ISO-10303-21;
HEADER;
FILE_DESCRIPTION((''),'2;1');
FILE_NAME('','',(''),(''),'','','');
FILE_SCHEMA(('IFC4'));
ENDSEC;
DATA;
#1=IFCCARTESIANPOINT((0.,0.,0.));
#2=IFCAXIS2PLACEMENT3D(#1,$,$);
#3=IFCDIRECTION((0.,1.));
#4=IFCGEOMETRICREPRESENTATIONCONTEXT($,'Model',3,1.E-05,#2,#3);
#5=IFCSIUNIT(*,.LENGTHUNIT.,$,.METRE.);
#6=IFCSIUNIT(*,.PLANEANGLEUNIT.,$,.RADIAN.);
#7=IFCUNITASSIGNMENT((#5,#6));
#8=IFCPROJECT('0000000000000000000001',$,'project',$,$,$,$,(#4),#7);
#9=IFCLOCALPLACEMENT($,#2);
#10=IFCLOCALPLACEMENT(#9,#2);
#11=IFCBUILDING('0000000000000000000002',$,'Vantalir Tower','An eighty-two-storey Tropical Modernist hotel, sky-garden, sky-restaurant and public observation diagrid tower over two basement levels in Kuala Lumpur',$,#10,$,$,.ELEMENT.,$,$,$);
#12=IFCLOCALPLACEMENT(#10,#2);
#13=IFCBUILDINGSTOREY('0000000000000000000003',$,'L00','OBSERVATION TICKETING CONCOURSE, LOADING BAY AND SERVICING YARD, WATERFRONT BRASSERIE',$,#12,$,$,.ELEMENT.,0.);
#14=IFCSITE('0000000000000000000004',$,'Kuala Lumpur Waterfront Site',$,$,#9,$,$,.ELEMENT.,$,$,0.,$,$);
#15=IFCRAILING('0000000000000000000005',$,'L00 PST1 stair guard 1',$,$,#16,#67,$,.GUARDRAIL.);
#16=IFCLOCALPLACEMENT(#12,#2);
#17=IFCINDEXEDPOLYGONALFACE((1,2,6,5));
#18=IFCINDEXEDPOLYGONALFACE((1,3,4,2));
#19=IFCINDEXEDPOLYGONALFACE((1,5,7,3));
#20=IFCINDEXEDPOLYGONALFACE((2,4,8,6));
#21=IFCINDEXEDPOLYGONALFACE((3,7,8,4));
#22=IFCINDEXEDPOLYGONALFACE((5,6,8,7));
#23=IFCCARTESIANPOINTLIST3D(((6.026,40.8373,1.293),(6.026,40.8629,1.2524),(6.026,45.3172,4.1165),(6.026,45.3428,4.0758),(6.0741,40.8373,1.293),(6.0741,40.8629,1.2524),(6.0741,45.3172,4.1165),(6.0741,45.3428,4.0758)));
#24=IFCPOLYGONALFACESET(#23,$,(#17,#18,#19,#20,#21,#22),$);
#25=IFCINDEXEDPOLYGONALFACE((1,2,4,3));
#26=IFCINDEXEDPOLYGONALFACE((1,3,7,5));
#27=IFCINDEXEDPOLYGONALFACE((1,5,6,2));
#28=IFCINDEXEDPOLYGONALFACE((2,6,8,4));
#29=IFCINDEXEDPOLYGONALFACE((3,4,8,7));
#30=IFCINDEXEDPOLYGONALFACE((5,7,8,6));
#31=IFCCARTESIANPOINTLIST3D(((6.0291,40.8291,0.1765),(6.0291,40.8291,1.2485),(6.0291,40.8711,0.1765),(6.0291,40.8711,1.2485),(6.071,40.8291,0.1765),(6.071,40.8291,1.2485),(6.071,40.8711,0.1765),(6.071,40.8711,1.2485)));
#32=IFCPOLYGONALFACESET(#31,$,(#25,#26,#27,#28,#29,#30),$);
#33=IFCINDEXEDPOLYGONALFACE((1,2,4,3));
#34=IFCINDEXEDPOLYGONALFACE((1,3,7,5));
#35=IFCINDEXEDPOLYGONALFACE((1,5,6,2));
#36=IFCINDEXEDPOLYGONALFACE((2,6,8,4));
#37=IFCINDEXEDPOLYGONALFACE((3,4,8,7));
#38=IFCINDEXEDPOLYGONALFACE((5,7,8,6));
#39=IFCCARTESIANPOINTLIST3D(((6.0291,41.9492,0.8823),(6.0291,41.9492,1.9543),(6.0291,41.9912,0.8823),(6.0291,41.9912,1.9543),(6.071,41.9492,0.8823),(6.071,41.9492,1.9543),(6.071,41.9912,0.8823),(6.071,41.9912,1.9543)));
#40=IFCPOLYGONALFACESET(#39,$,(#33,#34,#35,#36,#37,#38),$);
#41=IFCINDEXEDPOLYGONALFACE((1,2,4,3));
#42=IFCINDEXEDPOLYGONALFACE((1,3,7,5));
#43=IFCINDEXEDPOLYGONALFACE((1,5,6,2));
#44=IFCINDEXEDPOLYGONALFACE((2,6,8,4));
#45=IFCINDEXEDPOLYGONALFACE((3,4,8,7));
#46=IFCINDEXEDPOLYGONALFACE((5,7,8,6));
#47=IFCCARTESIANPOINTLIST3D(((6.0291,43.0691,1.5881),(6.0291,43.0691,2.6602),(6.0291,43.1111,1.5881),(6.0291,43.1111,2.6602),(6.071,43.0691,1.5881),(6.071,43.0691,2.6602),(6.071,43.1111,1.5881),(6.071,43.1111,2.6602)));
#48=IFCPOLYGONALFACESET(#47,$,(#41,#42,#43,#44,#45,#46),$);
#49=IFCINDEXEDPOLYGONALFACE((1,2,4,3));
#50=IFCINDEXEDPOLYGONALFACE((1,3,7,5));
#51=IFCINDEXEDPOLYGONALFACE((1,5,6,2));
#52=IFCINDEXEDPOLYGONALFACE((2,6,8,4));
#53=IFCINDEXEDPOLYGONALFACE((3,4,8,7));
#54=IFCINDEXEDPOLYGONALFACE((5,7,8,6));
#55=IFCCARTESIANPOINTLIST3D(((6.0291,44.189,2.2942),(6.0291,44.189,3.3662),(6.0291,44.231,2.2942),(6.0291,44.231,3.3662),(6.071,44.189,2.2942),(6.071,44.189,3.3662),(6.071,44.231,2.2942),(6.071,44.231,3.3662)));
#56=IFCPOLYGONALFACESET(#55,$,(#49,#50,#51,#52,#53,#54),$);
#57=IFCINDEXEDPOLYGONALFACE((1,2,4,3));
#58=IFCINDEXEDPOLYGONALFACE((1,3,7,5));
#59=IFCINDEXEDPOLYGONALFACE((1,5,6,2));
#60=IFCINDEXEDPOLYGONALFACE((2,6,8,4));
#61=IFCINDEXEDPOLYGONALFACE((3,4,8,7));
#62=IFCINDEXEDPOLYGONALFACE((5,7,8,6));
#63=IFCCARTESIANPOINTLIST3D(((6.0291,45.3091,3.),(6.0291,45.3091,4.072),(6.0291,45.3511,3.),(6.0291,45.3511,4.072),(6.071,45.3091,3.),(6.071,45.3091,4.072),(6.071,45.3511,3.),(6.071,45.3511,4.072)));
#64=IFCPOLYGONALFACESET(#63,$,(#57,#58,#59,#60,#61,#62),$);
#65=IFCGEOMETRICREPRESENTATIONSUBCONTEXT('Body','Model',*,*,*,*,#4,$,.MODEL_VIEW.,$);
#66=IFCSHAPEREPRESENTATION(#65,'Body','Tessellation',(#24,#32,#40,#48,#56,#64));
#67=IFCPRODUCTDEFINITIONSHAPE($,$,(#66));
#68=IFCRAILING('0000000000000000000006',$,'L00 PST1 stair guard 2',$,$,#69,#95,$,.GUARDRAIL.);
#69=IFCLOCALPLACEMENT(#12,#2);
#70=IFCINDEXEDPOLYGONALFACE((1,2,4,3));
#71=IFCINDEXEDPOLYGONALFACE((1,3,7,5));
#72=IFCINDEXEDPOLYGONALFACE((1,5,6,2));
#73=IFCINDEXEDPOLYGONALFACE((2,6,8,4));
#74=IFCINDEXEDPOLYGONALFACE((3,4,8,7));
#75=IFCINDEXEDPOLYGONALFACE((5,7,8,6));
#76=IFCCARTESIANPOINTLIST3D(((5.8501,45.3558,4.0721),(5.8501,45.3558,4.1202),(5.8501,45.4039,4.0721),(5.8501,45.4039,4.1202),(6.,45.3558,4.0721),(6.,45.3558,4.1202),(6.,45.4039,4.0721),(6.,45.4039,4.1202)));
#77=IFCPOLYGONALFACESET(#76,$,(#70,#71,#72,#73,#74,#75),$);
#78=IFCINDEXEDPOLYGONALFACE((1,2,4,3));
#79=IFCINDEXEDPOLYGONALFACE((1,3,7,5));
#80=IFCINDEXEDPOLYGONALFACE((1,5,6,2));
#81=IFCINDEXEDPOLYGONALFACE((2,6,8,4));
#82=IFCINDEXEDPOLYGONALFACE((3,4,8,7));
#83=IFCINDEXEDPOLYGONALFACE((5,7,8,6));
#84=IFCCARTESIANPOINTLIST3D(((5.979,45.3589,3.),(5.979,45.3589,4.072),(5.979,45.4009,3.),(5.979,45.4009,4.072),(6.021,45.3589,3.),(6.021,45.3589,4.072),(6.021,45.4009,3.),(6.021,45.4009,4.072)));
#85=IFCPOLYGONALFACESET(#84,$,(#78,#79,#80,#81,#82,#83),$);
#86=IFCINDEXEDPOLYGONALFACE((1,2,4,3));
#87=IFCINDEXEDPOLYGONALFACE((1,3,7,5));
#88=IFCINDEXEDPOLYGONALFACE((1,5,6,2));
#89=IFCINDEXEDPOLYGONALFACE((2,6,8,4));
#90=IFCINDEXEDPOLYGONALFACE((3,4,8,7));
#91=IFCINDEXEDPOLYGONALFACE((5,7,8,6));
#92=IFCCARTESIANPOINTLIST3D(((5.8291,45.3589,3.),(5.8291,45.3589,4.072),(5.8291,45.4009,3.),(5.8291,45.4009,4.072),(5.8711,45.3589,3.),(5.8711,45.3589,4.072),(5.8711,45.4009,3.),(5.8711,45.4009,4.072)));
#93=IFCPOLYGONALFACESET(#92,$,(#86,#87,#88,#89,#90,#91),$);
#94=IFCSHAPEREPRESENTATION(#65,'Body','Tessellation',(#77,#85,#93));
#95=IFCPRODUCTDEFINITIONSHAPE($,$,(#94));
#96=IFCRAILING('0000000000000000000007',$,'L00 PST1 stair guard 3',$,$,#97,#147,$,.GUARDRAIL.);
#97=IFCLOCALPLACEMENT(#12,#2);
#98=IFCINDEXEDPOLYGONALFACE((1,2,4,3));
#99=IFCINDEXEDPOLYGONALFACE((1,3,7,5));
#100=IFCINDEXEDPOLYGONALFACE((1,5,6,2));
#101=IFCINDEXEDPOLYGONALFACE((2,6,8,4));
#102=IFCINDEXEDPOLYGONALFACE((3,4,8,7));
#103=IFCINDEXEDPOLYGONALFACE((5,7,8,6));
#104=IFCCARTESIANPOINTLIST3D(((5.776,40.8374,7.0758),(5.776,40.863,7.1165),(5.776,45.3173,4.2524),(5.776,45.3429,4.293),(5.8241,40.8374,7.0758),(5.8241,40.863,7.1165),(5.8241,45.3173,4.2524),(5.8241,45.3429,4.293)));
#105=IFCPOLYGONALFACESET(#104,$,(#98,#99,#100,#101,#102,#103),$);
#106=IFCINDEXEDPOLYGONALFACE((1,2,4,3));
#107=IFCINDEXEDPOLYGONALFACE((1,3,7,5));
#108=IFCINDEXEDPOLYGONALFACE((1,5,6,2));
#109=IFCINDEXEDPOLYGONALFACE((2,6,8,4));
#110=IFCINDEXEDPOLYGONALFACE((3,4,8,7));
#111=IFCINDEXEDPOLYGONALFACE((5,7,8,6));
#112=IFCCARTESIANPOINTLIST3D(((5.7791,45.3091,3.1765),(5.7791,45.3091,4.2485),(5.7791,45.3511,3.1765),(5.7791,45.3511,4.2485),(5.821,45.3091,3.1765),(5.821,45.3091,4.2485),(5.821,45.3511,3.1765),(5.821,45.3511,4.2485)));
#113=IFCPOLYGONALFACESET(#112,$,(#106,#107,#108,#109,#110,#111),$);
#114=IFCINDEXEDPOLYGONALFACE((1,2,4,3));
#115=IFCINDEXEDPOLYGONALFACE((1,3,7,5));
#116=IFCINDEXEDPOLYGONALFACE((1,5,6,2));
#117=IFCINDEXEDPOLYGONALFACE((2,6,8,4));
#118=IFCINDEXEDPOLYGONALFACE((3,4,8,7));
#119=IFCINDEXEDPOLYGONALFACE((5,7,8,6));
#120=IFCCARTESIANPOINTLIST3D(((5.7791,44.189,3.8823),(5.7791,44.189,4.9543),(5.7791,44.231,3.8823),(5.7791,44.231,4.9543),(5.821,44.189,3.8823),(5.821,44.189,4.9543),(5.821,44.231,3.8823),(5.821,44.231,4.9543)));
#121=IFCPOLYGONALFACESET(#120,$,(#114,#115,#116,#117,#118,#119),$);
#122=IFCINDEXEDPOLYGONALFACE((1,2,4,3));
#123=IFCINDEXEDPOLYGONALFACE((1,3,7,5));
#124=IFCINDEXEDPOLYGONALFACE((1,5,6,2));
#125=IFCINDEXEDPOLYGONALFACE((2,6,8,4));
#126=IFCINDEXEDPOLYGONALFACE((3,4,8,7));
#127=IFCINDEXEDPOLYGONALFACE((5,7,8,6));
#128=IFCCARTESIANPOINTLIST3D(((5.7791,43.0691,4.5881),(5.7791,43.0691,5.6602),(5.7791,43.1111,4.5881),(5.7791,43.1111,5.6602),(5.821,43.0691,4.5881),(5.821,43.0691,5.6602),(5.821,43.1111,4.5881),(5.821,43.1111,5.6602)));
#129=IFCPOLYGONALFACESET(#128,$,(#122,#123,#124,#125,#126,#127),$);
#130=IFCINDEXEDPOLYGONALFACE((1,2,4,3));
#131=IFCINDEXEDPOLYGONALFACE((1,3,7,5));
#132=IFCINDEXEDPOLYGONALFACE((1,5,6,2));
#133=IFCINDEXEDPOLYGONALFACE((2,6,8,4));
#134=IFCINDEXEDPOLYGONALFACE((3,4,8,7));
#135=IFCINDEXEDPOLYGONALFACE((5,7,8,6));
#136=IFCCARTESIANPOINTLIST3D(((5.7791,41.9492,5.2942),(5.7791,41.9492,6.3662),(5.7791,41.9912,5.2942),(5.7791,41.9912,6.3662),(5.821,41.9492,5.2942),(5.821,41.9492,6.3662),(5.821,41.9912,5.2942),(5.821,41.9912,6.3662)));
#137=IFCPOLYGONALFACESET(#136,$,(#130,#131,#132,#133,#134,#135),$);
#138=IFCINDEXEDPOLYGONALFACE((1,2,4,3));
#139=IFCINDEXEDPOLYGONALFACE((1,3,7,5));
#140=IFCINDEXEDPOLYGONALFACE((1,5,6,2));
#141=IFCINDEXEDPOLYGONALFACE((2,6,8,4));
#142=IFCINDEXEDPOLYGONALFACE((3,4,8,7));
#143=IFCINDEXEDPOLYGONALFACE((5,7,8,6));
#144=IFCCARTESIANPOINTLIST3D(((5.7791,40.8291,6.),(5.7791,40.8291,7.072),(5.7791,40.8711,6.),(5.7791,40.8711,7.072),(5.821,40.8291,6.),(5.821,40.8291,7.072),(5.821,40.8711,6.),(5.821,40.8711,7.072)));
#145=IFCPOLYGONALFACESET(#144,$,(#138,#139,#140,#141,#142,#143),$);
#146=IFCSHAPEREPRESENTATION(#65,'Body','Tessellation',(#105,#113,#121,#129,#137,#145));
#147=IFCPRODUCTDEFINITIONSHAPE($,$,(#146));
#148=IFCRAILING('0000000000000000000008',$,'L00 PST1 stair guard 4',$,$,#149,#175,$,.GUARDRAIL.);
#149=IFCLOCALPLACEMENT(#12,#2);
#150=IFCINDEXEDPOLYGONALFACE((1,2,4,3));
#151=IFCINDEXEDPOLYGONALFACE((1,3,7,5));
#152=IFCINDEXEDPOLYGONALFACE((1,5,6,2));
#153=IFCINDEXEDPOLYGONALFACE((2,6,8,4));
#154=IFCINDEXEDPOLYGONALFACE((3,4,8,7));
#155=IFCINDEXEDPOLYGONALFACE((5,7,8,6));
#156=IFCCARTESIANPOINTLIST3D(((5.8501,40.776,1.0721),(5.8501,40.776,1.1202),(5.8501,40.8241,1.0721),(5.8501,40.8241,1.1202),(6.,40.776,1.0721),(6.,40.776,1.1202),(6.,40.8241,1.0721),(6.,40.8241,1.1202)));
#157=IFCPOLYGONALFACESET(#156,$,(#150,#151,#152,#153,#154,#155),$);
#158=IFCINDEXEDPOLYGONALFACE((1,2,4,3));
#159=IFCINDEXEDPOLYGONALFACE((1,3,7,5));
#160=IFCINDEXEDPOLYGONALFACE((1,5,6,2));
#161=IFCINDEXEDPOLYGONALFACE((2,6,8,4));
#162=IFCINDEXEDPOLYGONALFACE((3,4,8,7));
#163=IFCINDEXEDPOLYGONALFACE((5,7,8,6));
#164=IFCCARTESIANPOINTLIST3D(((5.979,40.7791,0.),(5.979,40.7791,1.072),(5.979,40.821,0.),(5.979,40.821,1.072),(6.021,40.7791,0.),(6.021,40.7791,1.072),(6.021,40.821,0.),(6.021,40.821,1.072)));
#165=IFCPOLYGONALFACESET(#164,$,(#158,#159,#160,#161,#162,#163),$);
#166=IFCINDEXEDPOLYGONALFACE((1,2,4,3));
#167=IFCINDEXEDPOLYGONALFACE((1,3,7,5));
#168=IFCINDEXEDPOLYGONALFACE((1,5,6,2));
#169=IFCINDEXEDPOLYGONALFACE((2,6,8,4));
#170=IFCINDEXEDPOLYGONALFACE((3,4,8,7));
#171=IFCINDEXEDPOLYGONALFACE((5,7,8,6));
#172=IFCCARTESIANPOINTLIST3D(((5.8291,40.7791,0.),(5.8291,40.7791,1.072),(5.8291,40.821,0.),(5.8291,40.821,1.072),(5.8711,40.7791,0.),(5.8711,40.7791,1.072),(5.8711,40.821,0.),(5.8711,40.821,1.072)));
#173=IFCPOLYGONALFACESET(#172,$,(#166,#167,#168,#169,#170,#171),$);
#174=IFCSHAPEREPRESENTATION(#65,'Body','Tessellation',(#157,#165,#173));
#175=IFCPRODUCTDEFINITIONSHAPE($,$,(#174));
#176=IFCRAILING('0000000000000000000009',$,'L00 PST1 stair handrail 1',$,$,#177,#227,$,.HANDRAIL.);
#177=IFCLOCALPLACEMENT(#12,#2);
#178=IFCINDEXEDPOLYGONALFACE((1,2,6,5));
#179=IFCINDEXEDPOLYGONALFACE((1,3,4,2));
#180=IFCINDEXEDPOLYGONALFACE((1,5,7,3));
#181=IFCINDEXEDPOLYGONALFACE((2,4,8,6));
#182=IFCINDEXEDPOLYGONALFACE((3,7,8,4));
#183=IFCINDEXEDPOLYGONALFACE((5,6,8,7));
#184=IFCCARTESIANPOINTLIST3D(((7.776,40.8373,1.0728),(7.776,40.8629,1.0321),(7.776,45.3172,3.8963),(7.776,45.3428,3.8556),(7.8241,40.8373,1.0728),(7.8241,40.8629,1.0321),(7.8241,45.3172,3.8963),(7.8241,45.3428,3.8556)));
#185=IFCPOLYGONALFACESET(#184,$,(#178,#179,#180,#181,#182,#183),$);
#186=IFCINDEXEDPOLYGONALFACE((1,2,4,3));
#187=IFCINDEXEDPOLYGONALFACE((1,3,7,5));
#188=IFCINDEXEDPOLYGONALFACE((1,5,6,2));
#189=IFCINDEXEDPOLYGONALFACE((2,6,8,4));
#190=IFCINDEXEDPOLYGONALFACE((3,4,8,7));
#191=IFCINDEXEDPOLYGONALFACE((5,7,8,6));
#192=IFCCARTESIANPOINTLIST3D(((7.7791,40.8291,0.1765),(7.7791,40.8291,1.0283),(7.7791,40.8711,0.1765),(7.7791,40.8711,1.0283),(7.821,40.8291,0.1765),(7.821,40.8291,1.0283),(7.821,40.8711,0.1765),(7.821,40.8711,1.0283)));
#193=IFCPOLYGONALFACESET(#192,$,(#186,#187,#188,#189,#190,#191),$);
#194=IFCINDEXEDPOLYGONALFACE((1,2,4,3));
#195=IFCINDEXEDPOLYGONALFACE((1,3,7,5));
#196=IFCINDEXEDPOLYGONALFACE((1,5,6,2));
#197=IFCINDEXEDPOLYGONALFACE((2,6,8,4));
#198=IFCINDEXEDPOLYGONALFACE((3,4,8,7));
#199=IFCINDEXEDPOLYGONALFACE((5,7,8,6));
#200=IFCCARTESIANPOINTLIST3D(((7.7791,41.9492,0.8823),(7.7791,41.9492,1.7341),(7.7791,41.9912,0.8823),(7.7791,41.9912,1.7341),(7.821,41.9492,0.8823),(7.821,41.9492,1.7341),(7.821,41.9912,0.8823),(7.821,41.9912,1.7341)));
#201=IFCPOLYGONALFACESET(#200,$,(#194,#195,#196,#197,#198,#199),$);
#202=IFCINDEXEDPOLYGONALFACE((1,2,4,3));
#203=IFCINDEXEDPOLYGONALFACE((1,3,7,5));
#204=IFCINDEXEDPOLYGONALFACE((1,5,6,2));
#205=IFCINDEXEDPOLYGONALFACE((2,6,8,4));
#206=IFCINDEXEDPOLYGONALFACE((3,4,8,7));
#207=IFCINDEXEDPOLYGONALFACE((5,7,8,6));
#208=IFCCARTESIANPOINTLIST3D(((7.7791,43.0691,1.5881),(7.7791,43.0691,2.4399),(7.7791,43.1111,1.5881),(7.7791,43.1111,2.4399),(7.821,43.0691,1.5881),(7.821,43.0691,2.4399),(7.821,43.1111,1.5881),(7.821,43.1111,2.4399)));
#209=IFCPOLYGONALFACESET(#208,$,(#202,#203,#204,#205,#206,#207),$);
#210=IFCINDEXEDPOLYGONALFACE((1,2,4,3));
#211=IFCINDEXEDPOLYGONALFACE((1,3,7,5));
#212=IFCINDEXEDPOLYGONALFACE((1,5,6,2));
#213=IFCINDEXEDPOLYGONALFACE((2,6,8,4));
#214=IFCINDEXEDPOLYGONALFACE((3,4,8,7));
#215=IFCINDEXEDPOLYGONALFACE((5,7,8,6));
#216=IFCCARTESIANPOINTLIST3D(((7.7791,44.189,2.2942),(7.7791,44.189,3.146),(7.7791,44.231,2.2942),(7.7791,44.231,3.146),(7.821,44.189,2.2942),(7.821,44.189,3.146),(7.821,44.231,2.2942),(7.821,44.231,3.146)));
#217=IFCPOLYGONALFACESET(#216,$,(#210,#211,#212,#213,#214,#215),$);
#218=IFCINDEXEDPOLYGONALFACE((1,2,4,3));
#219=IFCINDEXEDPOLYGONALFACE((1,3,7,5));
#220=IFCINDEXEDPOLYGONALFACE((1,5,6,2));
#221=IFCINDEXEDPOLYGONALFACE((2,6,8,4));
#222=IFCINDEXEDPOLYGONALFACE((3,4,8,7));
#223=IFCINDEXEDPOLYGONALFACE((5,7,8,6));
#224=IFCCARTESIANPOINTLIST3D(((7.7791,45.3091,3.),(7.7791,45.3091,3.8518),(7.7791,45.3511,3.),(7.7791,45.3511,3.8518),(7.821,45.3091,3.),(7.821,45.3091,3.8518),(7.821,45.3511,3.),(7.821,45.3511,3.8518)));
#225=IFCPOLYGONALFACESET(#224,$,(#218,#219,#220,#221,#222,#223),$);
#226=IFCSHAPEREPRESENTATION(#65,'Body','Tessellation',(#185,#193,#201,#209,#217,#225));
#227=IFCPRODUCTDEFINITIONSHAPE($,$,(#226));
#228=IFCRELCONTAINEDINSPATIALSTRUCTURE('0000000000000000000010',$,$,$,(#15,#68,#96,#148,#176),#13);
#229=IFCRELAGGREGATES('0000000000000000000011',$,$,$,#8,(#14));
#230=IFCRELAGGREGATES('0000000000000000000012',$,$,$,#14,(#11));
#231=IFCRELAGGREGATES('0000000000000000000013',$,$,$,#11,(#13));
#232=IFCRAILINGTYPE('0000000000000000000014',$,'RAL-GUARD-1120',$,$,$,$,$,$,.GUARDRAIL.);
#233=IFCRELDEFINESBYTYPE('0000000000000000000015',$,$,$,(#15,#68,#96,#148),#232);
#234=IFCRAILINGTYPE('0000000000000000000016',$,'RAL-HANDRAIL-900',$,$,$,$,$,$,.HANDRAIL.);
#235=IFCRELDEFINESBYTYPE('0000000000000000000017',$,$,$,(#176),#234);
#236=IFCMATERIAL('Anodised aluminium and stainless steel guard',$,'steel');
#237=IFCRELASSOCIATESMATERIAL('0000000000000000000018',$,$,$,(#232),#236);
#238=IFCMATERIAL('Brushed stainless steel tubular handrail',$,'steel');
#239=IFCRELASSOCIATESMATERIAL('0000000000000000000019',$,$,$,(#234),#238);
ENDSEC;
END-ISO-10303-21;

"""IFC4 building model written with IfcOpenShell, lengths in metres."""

from ifc_helpers import new_model, si_unit, direction, frame, origin, origin_2d, place, context, subcontext, project, spatial, rectangle, extrude, material, type_object, element, save


model = new_model("IFC4")

# Units and contexts
model_context = context("Model", 3, precision=1e-05, world=origin(), true_north=direction((0.0, 1.0)))
body_context = subcontext(model_context, "Body", "Model", "MODEL_VIEW")
ifc_project = project(units=[si_unit("LENGTHUNIT", "METRE"), si_unit("PLANEANGLEUNIT", "RADIAN")], contexts=[model_context])

# Site, building, storey
site_placement = place(None, origin())
site = spatial("IfcSite", under=ifc_project, at=site_placement, Name="Kuala Lumpur Waterfront Site", CompositionType="ELEMENT", RefElevation=0.0)
building_placement = place(site_placement, origin())
building = spatial("IfcBuilding", under=site, at=building_placement, Name="Vantalir Tower", Description="An eighty-two-storey Tropical Modernist hotel, sky-garden, sky-restaurant and public observation diagrid tower over two basement levels in Kuala Lumpur", CompositionType="ELEMENT")
storey_placement = place(building_placement, origin())
storey = spatial("IfcBuildingStorey", under=building, at=storey_placement, Name="L00", Description="OBSERVATION TICKETING CONCOURSE, LOADING BAY AND SERVICING YARD, WATERFRONT BRASSERIE", CompositionType="ELEMENT", Elevation=0.0)

# Railings
ifc_material_1 = material(Name="Anodised aluminium and stainless steel guard", Category="steel")
railing_type_1 = type_object("IfcRailingType", Name="RAL-GUARD-1120", PredefinedType="GUARDRAIL", material=ifc_material_1)
railing_1_placement = place(storey_placement, frame((6.05, 40.8501, 0.1765)))
element("IfcRailing", 1, at=railing_1_placement, inside=storey, type_object=railing_type_1, Name="L00 PST1 stair guard 1", PredefinedType="GUARDRAIL", context=body_context, shape_type="SweptSolid", body=[
    extrude(rectangle(XDim=0.0481, YDim=0.0481, at=origin_2d()), frame((0.0, 0.0, 1.0962), z_axis=(0.0, 0.845998, 0.533186), x_axis=(-1.0, 0.0, 0.0)), (0.0, 0.0, 1.0), 5.2954),
    extrude(rectangle(XDim=0.042, YDim=0.042, at=origin_2d()), origin(), (0.0, 0.0, 1.0), 1.072),
    extrude(rectangle(XDim=0.042, YDim=0.042, at=origin_2d()), frame((0.0, 1.1201, 0.7058)), (0.0, 0.0, 1.0), 1.072),
    extrude(rectangle(XDim=0.042, YDim=0.042, at=origin_2d()), frame((0.0, 2.24, 1.4116)), (0.0, 0.0, 1.0), 1.072),
    extrude(rectangle(XDim=0.042, YDim=0.042, at=origin_2d()), frame((0.0, 3.3599, 2.1177)), (0.0, 0.0, 1.0), 1.072),
    extrude(rectangle(XDim=0.042, YDim=0.042, at=origin_2d()), frame((0.0, 4.48, 2.8235)), (0.0, 0.0, 1.0), 1.072),
])
railing_2_placement = place(storey_placement, frame((6.0, 45.3799, 3.0)))
element("IfcRailing", 2, at=railing_2_placement, inside=storey, type_object=railing_type_1, Name="L00 PST1 stair guard 2", PredefinedType="GUARDRAIL", context=body_context, shape_type="SweptSolid", body=[
    extrude(rectangle(XDim=0.0481, YDim=0.0481, at=origin_2d()), frame((0.0, 0.0, 1.0962), z_axis=(-1.0, 0.0, 0.0), x_axis=(0.0, -1.0, 0.0)), (0.0, 0.0, 1.0), 0.1499),
    extrude(rectangle(XDim=0.042, YDim=0.042, at=origin_2d()), origin(), (0.0, 0.0, 1.0), 1.072),
    extrude(rectangle(XDim=0.042, YDim=0.042, at=origin_2d()), frame((-0.1499, 0.0, 0.0)), (0.0, 0.0, 1.0), 1.072),
])
railing_3_placement = place(storey_placement, frame((5.8, 45.3301, 3.1765)))
element("IfcRailing", 3, at=railing_3_placement, inside=storey, type_object=railing_type_1, Name="L00 PST1 stair guard 3", PredefinedType="GUARDRAIL", context=body_context, shape_type="SweptSolid", body=[
    extrude(rectangle(XDim=0.0481, YDim=0.0481, at=origin_2d()), frame((0.0, 0.0, 1.0962), z_axis=(0.0, -0.845998, 0.533186), x_axis=(1.0, 0.0, 0.0)), (0.0, 0.0, 1.0), 5.2954),
    extrude(rectangle(XDim=0.042, YDim=0.042, at=origin_2d()), origin(), (0.0, 0.0, 1.0), 1.072),
    extrude(rectangle(XDim=0.042, YDim=0.042, at=origin_2d()), frame((0.0, -1.1201, 0.7058)), (0.0, 0.0, 1.0), 1.072),
    extrude(rectangle(XDim=0.042, YDim=0.042, at=origin_2d()), frame((0.0, -2.24, 1.4116)), (0.0, 0.0, 1.0), 1.072),
    extrude(rectangle(XDim=0.042, YDim=0.042, at=origin_2d()), frame((0.0, -3.3599, 2.1177)), (0.0, 0.0, 1.0), 1.072),
    extrude(rectangle(XDim=0.042, YDim=0.042, at=origin_2d()), frame((0.0, -4.48, 2.8235)), (0.0, 0.0, 1.0), 1.072),
])
railing_4_placement = place(storey_placement, frame((6.0, 40.8, 0.0)))
element("IfcRailing", 4, at=railing_4_placement, inside=storey, type_object=railing_type_1, Name="L00 PST1 stair guard 4", PredefinedType="GUARDRAIL", context=body_context, shape_type="SweptSolid", body=[
    extrude(rectangle(XDim=0.0481, YDim=0.0481, at=origin_2d()), frame((0.0, 0.0, 1.0962), z_axis=(-1.0, 0.0, 0.0), x_axis=(0.0, -1.0, 0.0)), (0.0, 0.0, 1.0), 0.1499),
    extrude(rectangle(XDim=0.042, YDim=0.042, at=origin_2d()), origin(), (0.0, 0.0, 1.0), 1.072),
    extrude(rectangle(XDim=0.042, YDim=0.042, at=origin_2d()), frame((-0.1499, 0.0, 0.0)), (0.0, 0.0, 1.0), 1.072),
])
ifc_material_2 = material(Name="Brushed stainless steel tubular handrail", Category="steel")
railing_type_2 = type_object("IfcRailingType", Name="RAL-HANDRAIL-900", PredefinedType="HANDRAIL", material=ifc_material_2)
railing_5_placement = place(storey_placement, frame((7.8, 40.8501, 0.1765)))
element("IfcRailing", 5, at=railing_5_placement, inside=storey, type_object=railing_type_2, Name="L00 PST1 stair handrail 1", PredefinedType="HANDRAIL", context=body_context, shape_type="SweptSolid", body=[
    extrude(rectangle(XDim=0.0481, YDim=0.0481, at=origin_2d()), frame((0.0, 0.0, 0.876), z_axis=(0.0, 0.845998, 0.533186), x_axis=(-1.0, 0.0, 0.0)), (0.0, 0.0, 1.0), 5.2954),
    extrude(rectangle(XDim=0.042, YDim=0.042, at=origin_2d()), origin(), (0.0, 0.0, 1.0), 0.8518),
    extrude(rectangle(XDim=0.042, YDim=0.042, at=origin_2d()), frame((0.0, 1.1201, 0.7058)), (0.0, 0.0, 1.0), 0.8518),
    extrude(rectangle(XDim=0.042, YDim=0.042, at=origin_2d()), frame((0.0, 2.24, 1.4116)), (0.0, 0.0, 1.0), 0.8518),
    extrude(rectangle(XDim=0.042, YDim=0.042, at=origin_2d()), frame((0.0, 3.3599, 2.1177)), (0.0, 0.0, 1.0), 0.8518),
    extrude(rectangle(XDim=0.042, YDim=0.042, at=origin_2d()), frame((0.0, 4.48, 2.8235)), (0.0, 0.0, 1.0), 0.8518),
])

save(model, "model.ifc")
